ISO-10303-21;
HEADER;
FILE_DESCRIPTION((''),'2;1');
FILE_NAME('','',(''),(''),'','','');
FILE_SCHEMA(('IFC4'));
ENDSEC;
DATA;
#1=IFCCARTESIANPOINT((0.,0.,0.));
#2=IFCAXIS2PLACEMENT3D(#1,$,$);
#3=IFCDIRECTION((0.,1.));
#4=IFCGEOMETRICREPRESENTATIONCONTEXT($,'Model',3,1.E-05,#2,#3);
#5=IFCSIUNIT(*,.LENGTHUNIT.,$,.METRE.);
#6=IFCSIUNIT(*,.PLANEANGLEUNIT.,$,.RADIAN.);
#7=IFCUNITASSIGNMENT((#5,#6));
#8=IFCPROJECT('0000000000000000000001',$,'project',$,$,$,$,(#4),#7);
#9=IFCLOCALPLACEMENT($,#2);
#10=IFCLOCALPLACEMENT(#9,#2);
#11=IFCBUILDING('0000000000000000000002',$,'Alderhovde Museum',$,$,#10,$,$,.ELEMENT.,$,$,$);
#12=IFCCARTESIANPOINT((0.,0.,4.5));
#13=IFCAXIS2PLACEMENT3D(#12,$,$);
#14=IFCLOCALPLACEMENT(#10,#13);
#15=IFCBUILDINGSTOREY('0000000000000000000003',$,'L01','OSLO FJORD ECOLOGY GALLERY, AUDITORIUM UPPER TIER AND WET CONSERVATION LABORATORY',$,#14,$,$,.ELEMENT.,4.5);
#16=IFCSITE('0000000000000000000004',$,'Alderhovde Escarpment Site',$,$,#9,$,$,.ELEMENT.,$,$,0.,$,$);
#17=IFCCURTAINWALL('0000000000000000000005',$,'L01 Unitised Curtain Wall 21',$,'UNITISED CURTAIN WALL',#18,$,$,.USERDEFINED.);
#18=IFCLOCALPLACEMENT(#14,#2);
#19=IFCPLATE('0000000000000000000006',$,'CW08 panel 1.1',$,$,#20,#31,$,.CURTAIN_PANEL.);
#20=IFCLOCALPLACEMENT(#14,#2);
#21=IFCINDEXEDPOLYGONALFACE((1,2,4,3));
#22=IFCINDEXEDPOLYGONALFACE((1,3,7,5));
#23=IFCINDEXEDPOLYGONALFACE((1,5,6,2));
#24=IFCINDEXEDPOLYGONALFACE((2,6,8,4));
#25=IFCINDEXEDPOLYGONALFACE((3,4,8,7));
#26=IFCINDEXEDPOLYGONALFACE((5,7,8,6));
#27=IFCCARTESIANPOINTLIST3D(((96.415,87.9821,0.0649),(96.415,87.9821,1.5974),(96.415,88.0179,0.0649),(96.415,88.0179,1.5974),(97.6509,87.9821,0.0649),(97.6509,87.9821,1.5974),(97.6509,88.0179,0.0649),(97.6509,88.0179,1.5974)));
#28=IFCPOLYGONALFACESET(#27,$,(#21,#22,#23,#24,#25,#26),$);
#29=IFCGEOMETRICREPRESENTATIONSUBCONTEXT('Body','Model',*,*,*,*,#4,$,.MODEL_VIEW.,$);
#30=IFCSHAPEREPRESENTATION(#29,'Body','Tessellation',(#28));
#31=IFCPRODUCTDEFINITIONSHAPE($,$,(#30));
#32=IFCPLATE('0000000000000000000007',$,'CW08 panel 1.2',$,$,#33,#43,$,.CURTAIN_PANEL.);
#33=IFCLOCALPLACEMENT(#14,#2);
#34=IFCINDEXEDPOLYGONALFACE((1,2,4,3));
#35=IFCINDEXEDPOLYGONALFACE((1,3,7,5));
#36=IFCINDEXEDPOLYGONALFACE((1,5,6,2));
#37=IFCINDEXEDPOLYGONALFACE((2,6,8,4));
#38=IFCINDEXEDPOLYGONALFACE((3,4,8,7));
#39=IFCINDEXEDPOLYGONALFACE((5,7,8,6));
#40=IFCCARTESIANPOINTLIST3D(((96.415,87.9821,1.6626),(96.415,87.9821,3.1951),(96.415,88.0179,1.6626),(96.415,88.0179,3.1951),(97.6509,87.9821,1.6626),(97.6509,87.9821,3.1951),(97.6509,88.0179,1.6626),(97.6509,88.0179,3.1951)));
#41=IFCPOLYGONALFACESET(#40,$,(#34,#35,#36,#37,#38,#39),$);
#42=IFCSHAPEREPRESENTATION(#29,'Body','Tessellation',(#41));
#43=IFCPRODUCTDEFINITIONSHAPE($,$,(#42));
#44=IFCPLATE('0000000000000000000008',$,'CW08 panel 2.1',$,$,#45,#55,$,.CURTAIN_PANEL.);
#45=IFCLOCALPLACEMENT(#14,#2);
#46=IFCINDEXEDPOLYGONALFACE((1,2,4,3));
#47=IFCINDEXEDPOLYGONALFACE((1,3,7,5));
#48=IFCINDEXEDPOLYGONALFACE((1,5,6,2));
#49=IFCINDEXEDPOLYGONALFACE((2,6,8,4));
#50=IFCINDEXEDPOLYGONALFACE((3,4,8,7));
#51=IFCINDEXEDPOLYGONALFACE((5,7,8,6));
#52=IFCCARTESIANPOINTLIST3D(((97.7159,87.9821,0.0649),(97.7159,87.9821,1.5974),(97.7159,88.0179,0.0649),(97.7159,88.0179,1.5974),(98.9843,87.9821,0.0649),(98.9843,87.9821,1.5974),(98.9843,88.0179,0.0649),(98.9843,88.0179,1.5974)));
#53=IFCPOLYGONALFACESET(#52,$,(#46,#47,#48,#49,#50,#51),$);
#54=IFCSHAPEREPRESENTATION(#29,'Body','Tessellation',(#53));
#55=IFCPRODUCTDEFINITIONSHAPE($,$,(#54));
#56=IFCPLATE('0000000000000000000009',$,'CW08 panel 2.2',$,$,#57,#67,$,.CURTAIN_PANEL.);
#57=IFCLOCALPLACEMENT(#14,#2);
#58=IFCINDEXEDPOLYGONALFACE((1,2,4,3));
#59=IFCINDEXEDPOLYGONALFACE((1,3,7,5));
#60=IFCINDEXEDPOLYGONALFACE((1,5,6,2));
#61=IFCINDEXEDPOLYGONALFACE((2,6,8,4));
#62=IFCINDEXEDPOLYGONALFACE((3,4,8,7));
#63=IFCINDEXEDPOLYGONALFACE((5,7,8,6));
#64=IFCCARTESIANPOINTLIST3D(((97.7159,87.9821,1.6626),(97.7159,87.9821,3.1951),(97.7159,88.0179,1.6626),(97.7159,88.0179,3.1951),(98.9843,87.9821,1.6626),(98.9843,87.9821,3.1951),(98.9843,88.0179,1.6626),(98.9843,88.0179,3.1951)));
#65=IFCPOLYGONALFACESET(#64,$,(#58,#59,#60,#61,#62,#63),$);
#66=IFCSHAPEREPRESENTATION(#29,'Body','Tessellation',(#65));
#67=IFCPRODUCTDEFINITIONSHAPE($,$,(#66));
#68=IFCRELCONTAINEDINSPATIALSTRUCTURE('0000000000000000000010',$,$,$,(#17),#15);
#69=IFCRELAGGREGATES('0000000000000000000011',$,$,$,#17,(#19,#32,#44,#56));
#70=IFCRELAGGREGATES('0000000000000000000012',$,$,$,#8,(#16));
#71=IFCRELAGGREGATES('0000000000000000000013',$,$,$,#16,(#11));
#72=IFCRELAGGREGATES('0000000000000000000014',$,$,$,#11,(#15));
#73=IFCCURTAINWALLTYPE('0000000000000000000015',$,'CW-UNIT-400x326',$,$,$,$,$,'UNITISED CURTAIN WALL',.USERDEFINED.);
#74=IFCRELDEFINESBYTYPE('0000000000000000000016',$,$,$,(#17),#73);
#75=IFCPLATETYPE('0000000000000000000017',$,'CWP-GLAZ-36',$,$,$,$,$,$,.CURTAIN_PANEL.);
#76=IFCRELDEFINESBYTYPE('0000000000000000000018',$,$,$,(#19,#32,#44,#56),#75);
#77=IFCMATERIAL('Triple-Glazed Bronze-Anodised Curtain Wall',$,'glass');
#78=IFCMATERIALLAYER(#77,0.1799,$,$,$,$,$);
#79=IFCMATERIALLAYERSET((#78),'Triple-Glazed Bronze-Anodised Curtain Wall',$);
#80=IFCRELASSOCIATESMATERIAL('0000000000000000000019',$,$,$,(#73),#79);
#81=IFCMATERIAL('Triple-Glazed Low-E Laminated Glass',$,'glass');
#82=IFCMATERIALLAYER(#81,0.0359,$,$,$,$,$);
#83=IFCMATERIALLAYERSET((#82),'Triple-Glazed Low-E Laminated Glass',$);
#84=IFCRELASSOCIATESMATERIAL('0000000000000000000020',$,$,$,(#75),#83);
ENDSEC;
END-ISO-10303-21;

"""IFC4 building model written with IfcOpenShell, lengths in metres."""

from ifc_helpers import new_model, si_unit, direction, frame, origin, origin_2d, place, context, subcontext, project, spatial, rectangle, extrude, material, layer, layer_set, type_object, element, aggregate, save


model = new_model("IFC4")

# Units and contexts
model_context = context("Model", 3, precision=1e-05, world=origin(), true_north=direction((0.0, 1.0)))
body_context = subcontext(model_context, "Body", "Model", "MODEL_VIEW")
ifc_project = project(units=[si_unit("LENGTHUNIT", "METRE"), si_unit("PLANEANGLEUNIT", "RADIAN")], contexts=[model_context])

# Site, building, storey
site_placement = place(None, origin())
site = spatial("IfcSite", under=ifc_project, at=site_placement, Name="Alderhovde Escarpment Site", CompositionType="ELEMENT", RefElevation=0.0)
building_placement = place(site_placement, origin())
building = spatial("IfcBuilding", under=site, at=building_placement, Name="Alderhovde Museum", CompositionType="ELEMENT")
storey_placement = place(building_placement, frame((0.0, 0.0, 4.5)))
storey = spatial("IfcBuildingStorey", under=building, at=storey_placement, Name="L01", Description="OSLO FJORD ECOLOGY GALLERY, AUDITORIUM UPPER TIER AND WET CONSERVATION LABORATORY", CompositionType="ELEMENT", Elevation=4.5)

# Curtain wall
ifc_material_1 = material(Name="Triple-Glazed Bronze-Anodised Curtain Wall", Category="glass")
ifc_layer_1 = layer(ifc_material_1, 0.1799)
ifc_layer_set_1 = layer_set([ifc_layer_1], Name="Triple-Glazed Bronze-Anodised Curtain Wall")
curtain_wall_type_1 = type_object("IfcCurtainWallType", Name="CW-UNIT-400x326", ElementType="UNITISED CURTAIN WALL", PredefinedType="USERDEFINED", material=ifc_layer_set_1)
curtain_wall_1_placement = place(storey_placement, origin())
curtain_wall_1 = element("IfcCurtainWall", 1, at=curtain_wall_1_placement, inside=storey, type_object=curtain_wall_type_1, Name="L01 Unitised Curtain Wall 21", ObjectType="UNITISED CURTAIN WALL", PredefinedType="USERDEFINED")

# Plates
ifc_material_2 = material(Name="Triple-Glazed Low-E Laminated Glass", Category="glass")
ifc_layer_2 = layer(ifc_material_2, 0.0359)
ifc_layer_set_2 = layer_set([ifc_layer_2], Name="Triple-Glazed Low-E Laminated Glass")
plate_type_1 = type_object("IfcPlateType", Name="CWP-GLAZ-36", PredefinedType="CURTAIN_PANEL", material=ifc_layer_set_2)
plate_1_placement = place(storey_placement, frame((97.033, 88.0, 0.0649), z_axis=(0.0, 0.0, 1.0), x_axis=(1.0, 0.0, 0.0)))
plate_1 = element("IfcPlate", 2, at=plate_1_placement, type_object=plate_type_1, Name="CW08 panel 1.1", PredefinedType="CURTAIN_PANEL", context=body_context, shape_type="SweptSolid", body=[
    extrude(rectangle(XDim=1.2358, YDim=0.0359, at=origin_2d()), origin(), (0.0, 0.0, 1.0), 1.5325),
])
plate_2_placement = place(storey_placement, frame((97.033, 88.0, 1.6626), z_axis=(0.0, 0.0, 1.0), x_axis=(1.0, 0.0, 0.0)))
plate_2 = element("IfcPlate", 3, at=plate_2_placement, type_object=plate_type_1, Name="CW08 panel 1.2", PredefinedType="CURTAIN_PANEL", context=body_context, shape_type="SweptSolid", body=[
    extrude(rectangle(XDim=1.2358, YDim=0.0359, at=origin_2d()), origin(), (0.0, 0.0, 1.0), 1.5325),
])
plate_3_placement = place(storey_placement, frame((98.3501, 88.0, 0.0649), z_axis=(0.0, 0.0, 1.0), x_axis=(1.0, 0.0, 0.0)))
plate_3 = element("IfcPlate", 4, at=plate_3_placement, type_object=plate_type_1, Name="CW08 panel 2.1", PredefinedType="CURTAIN_PANEL", context=body_context, shape_type="SweptSolid", body=[
    extrude(rectangle(XDim=1.2683, YDim=0.0359, at=origin_2d()), origin(), (0.0, 0.0, 1.0), 1.5325),
])
plate_4_placement = place(storey_placement, frame((98.3501, 88.0, 1.6626), z_axis=(0.0, 0.0, 1.0), x_axis=(1.0, 0.0, 0.0)))
plate_4 = element("IfcPlate", 5, at=plate_4_placement, type_object=plate_type_1, Name="CW08 panel 2.2", PredefinedType="CURTAIN_PANEL", context=body_context, shape_type="SweptSolid", body=[
    extrude(rectangle(XDim=1.2683, YDim=0.0359, at=origin_2d()), origin(), (0.0, 0.0, 1.0), 1.5325),
])
aggregate(curtain_wall_1, [plate_1, plate_2, plate_3, plate_4])

save(model, "model.ifc")
